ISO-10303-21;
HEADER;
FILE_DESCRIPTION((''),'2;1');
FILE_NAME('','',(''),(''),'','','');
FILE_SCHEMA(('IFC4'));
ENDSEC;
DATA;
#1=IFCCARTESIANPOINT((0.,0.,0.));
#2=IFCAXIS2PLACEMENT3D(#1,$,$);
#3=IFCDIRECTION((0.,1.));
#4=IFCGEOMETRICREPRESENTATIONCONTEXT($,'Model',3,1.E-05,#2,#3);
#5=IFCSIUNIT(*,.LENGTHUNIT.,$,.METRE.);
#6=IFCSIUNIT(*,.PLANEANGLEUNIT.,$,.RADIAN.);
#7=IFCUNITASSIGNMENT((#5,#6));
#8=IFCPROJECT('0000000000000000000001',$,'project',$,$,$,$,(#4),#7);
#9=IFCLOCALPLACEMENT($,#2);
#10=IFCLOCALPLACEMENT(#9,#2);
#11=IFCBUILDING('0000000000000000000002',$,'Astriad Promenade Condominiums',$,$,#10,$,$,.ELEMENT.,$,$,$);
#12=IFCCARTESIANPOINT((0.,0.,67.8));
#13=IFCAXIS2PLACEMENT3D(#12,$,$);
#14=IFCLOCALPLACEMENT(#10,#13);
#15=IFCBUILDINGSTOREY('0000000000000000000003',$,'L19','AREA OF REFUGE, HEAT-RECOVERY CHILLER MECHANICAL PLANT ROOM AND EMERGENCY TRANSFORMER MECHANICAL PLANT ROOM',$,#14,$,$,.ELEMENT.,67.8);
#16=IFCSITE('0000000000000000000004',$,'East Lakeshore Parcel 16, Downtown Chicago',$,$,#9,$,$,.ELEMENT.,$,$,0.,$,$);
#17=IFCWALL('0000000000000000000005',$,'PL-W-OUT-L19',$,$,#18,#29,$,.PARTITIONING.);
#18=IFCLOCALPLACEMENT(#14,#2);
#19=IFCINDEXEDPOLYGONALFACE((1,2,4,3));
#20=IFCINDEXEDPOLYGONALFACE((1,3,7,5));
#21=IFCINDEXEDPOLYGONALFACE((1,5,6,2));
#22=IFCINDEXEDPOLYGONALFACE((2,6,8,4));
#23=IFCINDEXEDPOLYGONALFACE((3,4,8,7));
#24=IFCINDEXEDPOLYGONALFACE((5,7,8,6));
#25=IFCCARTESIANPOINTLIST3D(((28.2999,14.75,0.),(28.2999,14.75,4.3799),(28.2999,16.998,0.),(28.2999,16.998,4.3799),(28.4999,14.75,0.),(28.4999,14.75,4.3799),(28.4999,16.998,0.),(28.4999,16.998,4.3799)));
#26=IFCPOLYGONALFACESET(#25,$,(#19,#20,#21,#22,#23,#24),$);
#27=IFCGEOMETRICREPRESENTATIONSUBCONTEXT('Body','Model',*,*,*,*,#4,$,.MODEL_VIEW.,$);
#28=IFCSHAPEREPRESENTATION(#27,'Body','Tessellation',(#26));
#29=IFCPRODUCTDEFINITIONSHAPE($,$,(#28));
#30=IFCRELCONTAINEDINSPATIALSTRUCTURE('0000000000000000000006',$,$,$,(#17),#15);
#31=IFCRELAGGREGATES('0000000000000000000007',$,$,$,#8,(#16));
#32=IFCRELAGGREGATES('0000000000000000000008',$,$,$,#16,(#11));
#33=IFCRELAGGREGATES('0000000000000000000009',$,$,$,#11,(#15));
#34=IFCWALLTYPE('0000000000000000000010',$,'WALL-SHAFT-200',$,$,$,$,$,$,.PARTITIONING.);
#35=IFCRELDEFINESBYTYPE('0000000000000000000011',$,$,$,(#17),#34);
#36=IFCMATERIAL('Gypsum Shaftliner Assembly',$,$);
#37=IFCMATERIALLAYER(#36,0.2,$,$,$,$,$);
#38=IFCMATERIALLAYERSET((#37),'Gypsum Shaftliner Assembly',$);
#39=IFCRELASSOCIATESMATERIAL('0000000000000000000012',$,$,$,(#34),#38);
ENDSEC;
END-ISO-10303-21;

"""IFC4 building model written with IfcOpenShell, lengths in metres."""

from ifc_helpers import new_model, si_unit, direction, frame, frame_2d, origin, place, context, subcontext, project, spatial, rectangle, extrude, material, layer, layer_set, type_object, element, save


model = new_model("IFC4")

# Units and contexts
model_context = context("Model", 3, precision=1e-05, world=origin(), true_north=direction((0.0, 1.0)))
body_context = subcontext(model_context, "Body", "Model", "MODEL_VIEW")
ifc_project = project(units=[si_unit("LENGTHUNIT", "METRE"), si_unit("PLANEANGLEUNIT", "RADIAN")], contexts=[model_context])

# Site, building, storey
site_placement = place(None, origin())
site = spatial("IfcSite", under=ifc_project, at=site_placement, Name="East Lakeshore Parcel 16, Downtown Chicago", CompositionType="ELEMENT", RefElevation=0.0)
building_placement = place(site_placement, origin())
building = spatial("IfcBuilding", under=site, at=building_placement, Name="Astriad Promenade Condominiums", CompositionType="ELEMENT")
storey_placement = place(building_placement, frame((0.0, 0.0, 67.8)))
storey = spatial("IfcBuildingStorey", under=building, at=storey_placement, Name="L19", Description="AREA OF REFUGE, HEAT-RECOVERY CHILLER MECHANICAL PLANT ROOM AND EMERGENCY TRANSFORMER MECHANICAL PLANT ROOM", CompositionType="ELEMENT", Elevation=67.8)

# Wall
ifc_material_1 = material(Name="Gypsum Shaftliner Assembly")
ifc_layer_1 = layer(ifc_material_1, 0.2)
ifc_layer_set_1 = layer_set([ifc_layer_1], Name="Gypsum Shaftliner Assembly")
wall_type_1 = type_object("IfcWallType", Name="WALL-SHAFT-200", PredefinedType="PARTITIONING", material=ifc_layer_set_1)
wall_1_placement = place(storey_placement, frame((28.3999, 14.75, 0.0), z_axis=(0.0, 0.0, 1.0), x_axis=(0.0, 1.0, 0.0)))
element("IfcWall", 1, at=wall_1_placement, inside=storey, type_object=wall_type_1, Name="PL-W-OUT-L19", PredefinedType="PARTITIONING", context=body_context, shape_type="SweptSolid", body=[
    extrude(rectangle(XDim=2.248, YDim=0.2, at=frame_2d((1.124, 0.0))), origin(), (0.0, 0.0, 1.0), 4.3799),
])

save(model, "model.ifc")
